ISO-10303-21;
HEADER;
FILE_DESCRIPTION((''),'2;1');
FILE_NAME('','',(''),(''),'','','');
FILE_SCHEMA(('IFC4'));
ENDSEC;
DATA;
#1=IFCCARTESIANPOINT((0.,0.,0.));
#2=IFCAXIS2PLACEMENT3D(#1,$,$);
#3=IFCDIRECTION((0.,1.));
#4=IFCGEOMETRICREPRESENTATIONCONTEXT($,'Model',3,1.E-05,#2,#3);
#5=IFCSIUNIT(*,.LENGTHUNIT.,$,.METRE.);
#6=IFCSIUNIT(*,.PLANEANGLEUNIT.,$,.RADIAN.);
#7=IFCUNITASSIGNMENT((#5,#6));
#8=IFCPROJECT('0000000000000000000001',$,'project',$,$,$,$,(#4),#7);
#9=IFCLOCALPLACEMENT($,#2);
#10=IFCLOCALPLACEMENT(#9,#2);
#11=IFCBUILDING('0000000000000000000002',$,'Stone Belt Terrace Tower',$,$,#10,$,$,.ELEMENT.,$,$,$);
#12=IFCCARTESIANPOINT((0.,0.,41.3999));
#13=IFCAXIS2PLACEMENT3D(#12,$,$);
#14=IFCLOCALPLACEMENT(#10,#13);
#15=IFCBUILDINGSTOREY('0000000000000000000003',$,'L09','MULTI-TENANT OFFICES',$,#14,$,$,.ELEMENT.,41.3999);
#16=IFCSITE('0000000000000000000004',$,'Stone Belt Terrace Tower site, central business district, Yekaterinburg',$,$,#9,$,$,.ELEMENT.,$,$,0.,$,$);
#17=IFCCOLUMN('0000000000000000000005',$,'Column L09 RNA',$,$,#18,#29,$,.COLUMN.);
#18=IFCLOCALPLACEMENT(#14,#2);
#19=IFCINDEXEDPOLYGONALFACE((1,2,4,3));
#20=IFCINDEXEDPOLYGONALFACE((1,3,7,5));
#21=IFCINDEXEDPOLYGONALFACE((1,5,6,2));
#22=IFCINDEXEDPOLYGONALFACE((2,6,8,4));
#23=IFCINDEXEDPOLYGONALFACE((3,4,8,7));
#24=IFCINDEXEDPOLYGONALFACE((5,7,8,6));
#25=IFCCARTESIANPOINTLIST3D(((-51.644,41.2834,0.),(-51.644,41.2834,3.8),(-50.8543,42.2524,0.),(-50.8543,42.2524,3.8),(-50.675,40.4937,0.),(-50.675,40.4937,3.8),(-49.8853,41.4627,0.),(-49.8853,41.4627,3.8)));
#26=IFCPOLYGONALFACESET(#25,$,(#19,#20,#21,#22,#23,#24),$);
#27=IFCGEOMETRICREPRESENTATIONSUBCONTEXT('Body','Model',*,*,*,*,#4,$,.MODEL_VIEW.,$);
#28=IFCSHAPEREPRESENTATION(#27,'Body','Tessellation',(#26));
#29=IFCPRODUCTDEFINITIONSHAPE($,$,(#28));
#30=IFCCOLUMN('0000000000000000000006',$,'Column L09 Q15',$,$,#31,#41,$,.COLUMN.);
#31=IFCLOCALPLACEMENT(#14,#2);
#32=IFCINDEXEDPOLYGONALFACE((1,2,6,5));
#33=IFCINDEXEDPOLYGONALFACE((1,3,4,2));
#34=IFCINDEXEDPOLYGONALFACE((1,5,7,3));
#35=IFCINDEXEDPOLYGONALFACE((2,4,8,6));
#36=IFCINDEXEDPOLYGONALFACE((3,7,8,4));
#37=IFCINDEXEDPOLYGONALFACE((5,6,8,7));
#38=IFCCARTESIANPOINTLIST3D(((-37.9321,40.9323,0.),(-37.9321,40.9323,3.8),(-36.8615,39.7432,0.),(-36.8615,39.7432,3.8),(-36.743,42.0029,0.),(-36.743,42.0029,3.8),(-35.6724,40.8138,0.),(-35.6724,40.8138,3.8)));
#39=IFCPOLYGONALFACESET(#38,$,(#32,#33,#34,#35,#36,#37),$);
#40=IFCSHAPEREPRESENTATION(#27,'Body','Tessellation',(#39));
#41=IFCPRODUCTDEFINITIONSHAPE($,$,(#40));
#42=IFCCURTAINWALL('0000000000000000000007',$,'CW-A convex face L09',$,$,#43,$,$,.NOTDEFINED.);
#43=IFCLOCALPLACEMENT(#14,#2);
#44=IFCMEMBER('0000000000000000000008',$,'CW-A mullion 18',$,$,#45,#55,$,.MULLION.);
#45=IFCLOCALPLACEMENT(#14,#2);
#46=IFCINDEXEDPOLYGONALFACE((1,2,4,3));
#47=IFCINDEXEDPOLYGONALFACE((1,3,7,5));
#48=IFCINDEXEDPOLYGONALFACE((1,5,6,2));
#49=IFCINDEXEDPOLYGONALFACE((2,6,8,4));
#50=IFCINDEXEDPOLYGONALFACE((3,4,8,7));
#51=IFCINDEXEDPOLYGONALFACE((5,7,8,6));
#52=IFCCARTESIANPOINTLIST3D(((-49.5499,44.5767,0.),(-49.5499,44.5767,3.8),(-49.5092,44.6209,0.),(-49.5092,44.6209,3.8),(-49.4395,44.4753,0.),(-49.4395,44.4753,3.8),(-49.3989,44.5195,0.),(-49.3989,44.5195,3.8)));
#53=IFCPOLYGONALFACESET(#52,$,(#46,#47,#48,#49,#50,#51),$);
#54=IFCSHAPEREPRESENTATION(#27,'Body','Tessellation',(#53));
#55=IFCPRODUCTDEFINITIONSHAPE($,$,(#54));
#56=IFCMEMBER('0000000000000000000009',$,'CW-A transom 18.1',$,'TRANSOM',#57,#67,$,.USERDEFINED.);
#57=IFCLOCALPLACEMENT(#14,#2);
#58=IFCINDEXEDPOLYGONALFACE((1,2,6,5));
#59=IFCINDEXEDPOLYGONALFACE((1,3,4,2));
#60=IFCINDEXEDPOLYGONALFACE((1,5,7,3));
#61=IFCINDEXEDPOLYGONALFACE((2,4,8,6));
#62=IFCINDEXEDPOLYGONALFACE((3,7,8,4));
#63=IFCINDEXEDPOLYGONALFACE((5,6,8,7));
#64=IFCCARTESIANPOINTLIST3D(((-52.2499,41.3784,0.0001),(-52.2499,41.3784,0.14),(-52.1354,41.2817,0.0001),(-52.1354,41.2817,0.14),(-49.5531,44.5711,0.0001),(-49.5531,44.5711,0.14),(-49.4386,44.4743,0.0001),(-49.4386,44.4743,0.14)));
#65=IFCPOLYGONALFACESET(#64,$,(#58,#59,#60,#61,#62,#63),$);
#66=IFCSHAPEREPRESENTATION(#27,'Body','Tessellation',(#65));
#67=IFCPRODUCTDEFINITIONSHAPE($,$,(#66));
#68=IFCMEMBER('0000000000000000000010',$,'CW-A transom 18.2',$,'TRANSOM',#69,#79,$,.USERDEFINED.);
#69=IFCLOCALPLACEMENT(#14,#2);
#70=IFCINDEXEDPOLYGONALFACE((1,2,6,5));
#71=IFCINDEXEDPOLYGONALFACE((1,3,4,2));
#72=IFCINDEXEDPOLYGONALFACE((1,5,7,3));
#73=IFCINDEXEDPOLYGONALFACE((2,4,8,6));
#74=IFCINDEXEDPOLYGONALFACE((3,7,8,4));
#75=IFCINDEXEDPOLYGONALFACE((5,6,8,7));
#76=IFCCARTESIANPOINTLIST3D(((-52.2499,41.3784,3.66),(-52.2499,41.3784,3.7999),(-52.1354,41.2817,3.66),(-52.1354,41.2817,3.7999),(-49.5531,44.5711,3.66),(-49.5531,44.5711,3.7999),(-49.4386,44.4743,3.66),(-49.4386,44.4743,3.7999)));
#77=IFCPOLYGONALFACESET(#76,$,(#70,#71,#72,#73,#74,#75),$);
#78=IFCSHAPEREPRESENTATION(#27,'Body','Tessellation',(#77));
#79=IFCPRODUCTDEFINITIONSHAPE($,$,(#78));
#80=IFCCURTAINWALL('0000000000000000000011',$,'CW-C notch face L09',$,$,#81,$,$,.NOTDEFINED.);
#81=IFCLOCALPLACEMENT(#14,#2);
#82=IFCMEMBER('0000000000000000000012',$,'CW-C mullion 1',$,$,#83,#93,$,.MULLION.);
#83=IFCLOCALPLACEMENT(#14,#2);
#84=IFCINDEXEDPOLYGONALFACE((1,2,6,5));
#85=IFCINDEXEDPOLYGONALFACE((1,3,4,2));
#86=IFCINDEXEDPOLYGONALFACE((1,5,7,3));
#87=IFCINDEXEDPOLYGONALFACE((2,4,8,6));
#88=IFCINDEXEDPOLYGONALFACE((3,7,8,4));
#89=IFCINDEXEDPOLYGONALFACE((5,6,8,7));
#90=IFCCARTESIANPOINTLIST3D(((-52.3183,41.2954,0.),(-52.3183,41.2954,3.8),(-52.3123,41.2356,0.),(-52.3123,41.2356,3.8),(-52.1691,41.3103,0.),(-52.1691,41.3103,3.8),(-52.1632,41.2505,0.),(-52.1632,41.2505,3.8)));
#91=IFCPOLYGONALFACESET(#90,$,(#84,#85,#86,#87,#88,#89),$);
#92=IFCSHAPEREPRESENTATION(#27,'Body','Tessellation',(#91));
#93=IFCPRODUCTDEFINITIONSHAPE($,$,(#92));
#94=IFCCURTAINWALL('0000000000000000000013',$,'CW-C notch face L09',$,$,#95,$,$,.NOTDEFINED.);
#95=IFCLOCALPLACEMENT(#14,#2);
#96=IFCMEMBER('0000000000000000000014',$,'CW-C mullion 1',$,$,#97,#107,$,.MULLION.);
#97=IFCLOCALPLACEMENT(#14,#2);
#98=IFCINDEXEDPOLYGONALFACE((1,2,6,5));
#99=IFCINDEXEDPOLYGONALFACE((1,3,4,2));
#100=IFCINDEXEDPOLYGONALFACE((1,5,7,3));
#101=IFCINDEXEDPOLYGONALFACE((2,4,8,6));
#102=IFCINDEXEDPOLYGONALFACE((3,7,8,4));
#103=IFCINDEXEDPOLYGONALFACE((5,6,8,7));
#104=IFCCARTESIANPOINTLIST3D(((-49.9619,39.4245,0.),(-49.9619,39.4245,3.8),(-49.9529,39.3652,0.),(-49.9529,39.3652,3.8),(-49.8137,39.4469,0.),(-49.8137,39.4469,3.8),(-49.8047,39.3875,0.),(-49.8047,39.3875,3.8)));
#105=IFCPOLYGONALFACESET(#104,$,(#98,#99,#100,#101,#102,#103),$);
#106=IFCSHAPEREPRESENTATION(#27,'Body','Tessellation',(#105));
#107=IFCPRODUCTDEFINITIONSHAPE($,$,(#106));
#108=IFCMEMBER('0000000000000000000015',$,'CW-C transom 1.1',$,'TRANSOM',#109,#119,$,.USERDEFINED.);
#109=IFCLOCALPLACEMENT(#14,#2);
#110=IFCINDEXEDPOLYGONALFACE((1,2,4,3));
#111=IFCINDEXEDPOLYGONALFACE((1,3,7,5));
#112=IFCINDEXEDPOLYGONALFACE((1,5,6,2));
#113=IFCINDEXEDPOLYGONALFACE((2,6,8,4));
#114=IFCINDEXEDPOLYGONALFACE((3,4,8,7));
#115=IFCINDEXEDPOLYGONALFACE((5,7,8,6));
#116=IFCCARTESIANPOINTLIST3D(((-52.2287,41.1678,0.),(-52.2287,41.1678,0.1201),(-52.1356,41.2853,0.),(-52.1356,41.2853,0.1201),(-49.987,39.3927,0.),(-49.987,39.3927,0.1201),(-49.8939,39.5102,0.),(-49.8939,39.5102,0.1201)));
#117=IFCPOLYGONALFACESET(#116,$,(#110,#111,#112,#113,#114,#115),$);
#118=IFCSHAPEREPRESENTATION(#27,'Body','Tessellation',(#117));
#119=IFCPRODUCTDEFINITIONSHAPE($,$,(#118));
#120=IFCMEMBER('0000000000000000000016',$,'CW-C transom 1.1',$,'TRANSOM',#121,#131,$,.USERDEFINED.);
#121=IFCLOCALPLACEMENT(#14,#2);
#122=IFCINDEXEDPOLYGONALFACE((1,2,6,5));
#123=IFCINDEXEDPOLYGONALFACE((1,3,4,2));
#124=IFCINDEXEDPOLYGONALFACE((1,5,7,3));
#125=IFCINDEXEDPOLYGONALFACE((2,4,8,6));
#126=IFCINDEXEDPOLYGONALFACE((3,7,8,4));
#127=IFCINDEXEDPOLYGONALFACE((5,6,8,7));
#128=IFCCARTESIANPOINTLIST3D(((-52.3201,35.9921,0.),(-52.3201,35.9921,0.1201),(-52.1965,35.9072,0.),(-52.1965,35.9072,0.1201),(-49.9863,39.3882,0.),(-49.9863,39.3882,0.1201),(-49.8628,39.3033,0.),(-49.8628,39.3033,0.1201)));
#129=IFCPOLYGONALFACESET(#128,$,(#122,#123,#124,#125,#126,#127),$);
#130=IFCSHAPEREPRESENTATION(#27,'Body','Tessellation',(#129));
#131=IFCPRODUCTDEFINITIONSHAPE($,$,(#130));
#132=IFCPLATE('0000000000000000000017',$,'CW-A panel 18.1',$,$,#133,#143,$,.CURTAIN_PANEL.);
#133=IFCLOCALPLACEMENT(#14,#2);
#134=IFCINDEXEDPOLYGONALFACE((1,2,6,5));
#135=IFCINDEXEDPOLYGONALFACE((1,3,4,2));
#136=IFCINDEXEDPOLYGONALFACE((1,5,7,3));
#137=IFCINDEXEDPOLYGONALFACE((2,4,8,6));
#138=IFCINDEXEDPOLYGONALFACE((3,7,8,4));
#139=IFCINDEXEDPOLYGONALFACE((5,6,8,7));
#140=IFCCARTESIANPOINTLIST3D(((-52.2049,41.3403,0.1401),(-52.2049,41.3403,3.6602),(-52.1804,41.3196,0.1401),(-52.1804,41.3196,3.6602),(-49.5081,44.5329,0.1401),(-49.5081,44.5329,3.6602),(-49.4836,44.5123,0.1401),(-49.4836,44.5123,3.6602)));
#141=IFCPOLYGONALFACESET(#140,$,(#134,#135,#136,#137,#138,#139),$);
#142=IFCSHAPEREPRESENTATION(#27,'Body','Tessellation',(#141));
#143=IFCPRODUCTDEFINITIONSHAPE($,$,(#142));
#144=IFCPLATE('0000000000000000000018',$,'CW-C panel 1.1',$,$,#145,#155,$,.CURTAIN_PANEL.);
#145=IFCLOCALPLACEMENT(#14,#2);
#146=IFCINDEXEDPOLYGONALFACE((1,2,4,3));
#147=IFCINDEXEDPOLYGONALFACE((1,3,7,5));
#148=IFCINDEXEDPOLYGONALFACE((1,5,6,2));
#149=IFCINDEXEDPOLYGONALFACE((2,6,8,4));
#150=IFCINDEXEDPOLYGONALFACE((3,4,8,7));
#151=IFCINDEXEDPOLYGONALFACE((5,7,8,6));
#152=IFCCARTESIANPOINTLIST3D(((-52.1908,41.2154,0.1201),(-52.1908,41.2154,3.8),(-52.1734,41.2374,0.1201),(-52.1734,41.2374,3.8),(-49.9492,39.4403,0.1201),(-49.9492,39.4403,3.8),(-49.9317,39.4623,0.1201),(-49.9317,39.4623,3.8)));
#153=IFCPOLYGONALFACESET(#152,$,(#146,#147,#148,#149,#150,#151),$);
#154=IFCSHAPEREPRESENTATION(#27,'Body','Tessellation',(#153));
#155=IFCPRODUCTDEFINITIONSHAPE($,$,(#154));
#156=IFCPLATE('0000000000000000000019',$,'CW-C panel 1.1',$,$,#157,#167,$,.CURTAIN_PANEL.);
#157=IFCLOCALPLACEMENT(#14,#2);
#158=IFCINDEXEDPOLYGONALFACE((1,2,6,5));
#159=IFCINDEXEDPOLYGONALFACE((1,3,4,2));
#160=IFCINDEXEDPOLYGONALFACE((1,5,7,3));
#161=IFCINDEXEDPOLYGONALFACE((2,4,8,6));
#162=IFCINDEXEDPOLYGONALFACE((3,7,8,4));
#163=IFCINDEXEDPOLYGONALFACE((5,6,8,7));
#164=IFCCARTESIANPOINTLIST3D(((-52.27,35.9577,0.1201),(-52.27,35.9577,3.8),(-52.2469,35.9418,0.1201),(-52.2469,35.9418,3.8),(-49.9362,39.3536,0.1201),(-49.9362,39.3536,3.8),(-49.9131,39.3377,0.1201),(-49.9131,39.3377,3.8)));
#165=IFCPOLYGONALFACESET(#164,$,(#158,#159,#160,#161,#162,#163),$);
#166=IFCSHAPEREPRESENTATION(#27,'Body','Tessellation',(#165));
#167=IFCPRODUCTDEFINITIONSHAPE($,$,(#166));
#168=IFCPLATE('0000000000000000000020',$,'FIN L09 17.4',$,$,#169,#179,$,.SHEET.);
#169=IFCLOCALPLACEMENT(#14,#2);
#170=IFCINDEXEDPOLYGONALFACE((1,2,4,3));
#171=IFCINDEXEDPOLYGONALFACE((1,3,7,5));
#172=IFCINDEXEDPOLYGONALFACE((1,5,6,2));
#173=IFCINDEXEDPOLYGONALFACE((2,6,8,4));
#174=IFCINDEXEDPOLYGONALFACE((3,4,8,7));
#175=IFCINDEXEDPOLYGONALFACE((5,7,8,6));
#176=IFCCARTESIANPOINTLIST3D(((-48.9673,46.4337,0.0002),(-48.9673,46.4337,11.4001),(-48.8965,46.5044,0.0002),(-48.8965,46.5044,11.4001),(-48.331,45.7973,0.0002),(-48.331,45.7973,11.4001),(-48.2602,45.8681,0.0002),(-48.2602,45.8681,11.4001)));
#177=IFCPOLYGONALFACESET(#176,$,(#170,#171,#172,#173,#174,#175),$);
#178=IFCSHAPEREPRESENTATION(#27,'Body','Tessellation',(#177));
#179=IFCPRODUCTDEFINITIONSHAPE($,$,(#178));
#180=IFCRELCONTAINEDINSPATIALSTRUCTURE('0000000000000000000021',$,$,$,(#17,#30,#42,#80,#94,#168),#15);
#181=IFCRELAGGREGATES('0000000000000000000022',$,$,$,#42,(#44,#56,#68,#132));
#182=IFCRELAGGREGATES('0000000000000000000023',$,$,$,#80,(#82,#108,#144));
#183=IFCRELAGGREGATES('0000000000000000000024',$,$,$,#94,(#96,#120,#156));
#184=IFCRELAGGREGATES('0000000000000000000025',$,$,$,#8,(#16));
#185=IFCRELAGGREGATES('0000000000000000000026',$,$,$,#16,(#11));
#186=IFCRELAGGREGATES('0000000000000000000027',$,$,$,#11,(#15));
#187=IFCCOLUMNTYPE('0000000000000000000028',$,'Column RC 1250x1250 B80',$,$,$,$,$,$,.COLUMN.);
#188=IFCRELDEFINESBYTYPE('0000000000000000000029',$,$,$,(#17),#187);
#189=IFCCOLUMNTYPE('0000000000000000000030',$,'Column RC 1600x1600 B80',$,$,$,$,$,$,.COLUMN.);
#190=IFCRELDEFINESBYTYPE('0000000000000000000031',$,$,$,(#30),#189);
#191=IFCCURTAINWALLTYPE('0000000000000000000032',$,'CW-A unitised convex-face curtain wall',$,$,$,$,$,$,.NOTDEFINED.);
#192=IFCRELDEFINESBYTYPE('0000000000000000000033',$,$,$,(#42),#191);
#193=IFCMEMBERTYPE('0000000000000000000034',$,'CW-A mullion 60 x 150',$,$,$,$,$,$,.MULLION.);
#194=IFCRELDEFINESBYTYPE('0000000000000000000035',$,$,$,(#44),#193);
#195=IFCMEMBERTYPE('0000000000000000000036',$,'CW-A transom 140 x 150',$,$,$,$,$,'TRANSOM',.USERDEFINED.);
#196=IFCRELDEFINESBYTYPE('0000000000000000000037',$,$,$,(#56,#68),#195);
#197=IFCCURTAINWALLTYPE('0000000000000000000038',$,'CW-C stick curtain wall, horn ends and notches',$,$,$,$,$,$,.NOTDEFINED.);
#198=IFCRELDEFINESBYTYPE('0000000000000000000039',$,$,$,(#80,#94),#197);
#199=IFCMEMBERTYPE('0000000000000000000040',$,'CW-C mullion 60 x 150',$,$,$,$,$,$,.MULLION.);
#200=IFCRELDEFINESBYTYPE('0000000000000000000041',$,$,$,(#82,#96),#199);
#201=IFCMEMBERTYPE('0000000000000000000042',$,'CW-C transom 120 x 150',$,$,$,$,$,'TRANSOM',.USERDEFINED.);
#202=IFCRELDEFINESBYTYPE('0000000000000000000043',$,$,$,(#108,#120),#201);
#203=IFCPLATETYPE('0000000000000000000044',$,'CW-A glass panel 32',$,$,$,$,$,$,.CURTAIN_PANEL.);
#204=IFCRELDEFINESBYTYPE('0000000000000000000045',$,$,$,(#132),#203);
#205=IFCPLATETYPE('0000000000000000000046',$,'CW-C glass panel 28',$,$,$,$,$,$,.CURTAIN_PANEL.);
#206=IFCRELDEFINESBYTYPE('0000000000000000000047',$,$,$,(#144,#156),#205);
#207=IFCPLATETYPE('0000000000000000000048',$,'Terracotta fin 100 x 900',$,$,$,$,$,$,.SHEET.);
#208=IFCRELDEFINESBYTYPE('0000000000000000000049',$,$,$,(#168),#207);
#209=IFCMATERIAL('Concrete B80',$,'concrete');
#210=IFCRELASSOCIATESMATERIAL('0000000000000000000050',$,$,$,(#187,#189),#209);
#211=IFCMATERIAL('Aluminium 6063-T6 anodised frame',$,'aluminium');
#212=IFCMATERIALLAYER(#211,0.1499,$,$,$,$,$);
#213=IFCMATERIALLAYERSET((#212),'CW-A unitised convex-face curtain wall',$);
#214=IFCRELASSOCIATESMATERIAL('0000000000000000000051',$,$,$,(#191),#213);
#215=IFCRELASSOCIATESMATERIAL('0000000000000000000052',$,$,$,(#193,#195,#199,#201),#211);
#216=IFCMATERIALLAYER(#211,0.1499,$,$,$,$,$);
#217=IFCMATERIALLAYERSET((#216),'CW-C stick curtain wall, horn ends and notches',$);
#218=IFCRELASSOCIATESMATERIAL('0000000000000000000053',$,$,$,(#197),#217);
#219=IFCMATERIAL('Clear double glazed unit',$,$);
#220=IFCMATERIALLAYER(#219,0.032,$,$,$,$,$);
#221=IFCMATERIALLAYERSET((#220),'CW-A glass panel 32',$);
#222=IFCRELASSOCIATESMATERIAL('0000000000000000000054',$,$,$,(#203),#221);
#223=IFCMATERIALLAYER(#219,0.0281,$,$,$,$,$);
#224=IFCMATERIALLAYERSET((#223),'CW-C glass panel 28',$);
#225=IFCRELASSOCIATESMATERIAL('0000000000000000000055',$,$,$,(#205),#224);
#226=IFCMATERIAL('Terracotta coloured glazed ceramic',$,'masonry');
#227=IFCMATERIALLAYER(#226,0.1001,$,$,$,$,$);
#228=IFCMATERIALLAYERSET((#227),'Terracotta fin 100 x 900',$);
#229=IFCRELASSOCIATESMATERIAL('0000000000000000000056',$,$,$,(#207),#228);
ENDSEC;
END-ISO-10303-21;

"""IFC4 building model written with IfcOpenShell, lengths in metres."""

from ifc_helpers import new_model, si_unit, direction, frame, origin, origin_2d, place, context, subcontext, project, spatial, rectangle, extrude, material, layer, layer_set, material_profile, profile_set, type_object, element, aggregate, save


model = new_model("IFC4")

# Units and contexts
model_context = context("Model", 3, precision=1e-05, world=origin(), true_north=direction((0.0, 1.0)))
body_context = subcontext(model_context, "Body", "Model", "MODEL_VIEW")
ifc_project = project(units=[si_unit("LENGTHUNIT", "METRE"), si_unit("PLANEANGLEUNIT", "RADIAN")], contexts=[model_context])

# Site, building, storey
site_placement = place(None, origin())
site = spatial("IfcSite", under=ifc_project, at=site_placement, Name="Stone Belt Terrace Tower site, central business district, Yekaterinburg", CompositionType="ELEMENT", RefElevation=0.0)
building_placement = place(site_placement, origin())
building = spatial("IfcBuilding", under=site, at=building_placement, Name="Stone Belt Terrace Tower", CompositionType="ELEMENT")
storey_placement = place(building_placement, frame((0.0, 0.0, 41.3999)))
storey = spatial("IfcBuildingStorey", under=building, at=storey_placement, Name="L09", Description="MULTI-TENANT OFFICES", CompositionType="ELEMENT", Elevation=41.3999)

# Columns
ifc_material_1 = material(Name="Concrete B80", Category="concrete")
ifc_material_profile_1 = material_profile(ifc_material_1, rectangle(XDim=1.25, YDim=1.25, at=origin_2d()), Name="RC 1250x1250")
ifc_profile_set_1 = profile_set([ifc_material_profile_1], Name="Concrete B80")
column_type_1 = type_object("IfcColumnType", Name="Column RC 1250x1250 B80", PredefinedType="COLUMN", material=ifc_profile_set_1)
column_1_placement = place(storey_placement, frame((-50.7646, 41.373, 0.0), z_axis=(0.0, 0.0, 1.0), x_axis=(0.631759, 0.775165, 0.0)))
element("IfcColumn", 1, at=column_1_placement, inside=storey, type_object=column_type_1, Name="Column L09 RNA", PredefinedType="COLUMN", context=body_context, shape_type="SweptSolid", body=[
    extrude(rectangle(XDim=1.25, YDim=1.25, at=origin_2d()), origin(), (0.0, 0.0, 1.0), 3.8),
])
ifc_material_profile_2 = material_profile(ifc_material_1, rectangle(XDim=1.6001, YDim=1.6001, at=origin_2d()), Name="RC 1600x1600")
ifc_profile_set_2 = profile_set([ifc_material_profile_2], Name="Concrete B80")
column_type_2 = type_object("IfcColumnType", Name="Column RC 1600x1600 B80", PredefinedType="COLUMN", material=ifc_profile_set_2)
column_2_placement = place(storey_placement, frame((-36.8022, 40.873, 0.0), z_axis=(0.0, 0.0, 1.0), x_axis=(0.743145, 0.669131, 0.0)))
element("IfcColumn", 2, at=column_2_placement, inside=storey, type_object=column_type_2, Name="Column L09 Q15", PredefinedType="COLUMN", context=body_context, shape_type="SweptSolid", body=[
    extrude(rectangle(XDim=1.6001, YDim=1.6001, at=origin_2d()), origin(), (0.0, 0.0, 1.0), 3.8),
])

# Curtain wall, members
ifc_material_2 = material(Name="Aluminium 6063-T6 anodised frame", Category="aluminium")
ifc_layer_1 = layer(ifc_material_2, 0.1499)
ifc_layer_set_1 = layer_set([ifc_layer_1], Name="CW-A unitised convex-face curtain wall")
curtain_wall_type_1 = type_object("IfcCurtainWallType", Name="CW-A unitised convex-face curtain wall", PredefinedType="NOTDEFINED", material=ifc_layer_set_1)
curtain_wall_1_placement = place(storey_placement, origin())
curtain_wall_1 = element("IfcCurtainWall", 3, at=curtain_wall_1_placement, inside=storey, type_object=curtain_wall_type_1, Name="CW-A convex face L09", PredefinedType="NOTDEFINED")
ifc_material_profile_3 = material_profile(ifc_material_2, rectangle(XDim=0.1499, YDim=0.0601, at=origin_2d()), Name="Aluminium 6063-T6 60x150")
ifc_profile_set_3 = profile_set([ifc_material_profile_3], Name="Aluminium 6063-T6 anodised frame")
member_type_1 = type_object("IfcMemberType", Name="CW-A mullion 60 x 150", PredefinedType="MULLION", material=ifc_profile_set_3)
member_1_placement = place(storey_placement, frame((-49.4744, 44.5481, 0.0), z_axis=(0.0, 0.0, 1.0), x_axis=(0.736171, -0.676796, 0.0)))
member_1 = element("IfcMember", 4, at=member_1_placement, type_object=member_type_1, Name="CW-A mullion 18", PredefinedType="MULLION", context=body_context, shape_type="SweptSolid", body=[
    extrude(rectangle(XDim=0.1499, YDim=0.0601, at=origin_2d()), origin(), (0.0, 0.0, 1.0), 3.8),
])
ifc_material_profile_4 = material_profile(ifc_material_2, rectangle(XDim=0.1499, YDim=0.1399, at=origin_2d()), Name="Aluminium 6063-T6 150x140")
ifc_profile_set_4 = profile_set([ifc_material_profile_4], Name="Aluminium 6063-T6 anodised frame")
member_type_2 = type_object("IfcMemberType", Name="CW-A transom 140 x 150", ElementType="TRANSOM", PredefinedType="USERDEFINED", material=ifc_profile_set_4)
member_2_placement = place(storey_placement, frame((-49.4958, 44.5227, 0.0701), z_axis=(-0.64529, -0.763938, 0.0), x_axis=(0.763938, -0.64529, 0.0)))
member_2 = element("IfcMember", 5, at=member_2_placement, type_object=member_type_2, Name="CW-A transom 18.1", ObjectType="TRANSOM", PredefinedType="USERDEFINED", context=body_context, shape_type="SweptSolid", body=[
    extrude(rectangle(XDim=0.1499, YDim=0.1399, at=origin_2d()), origin(), (0.0, 0.0, 1.0), 4.1792),
])
member_3_placement = place(storey_placement, frame((-49.4958, 44.5227, 3.73), z_axis=(-0.64529, -0.763938, 0.0), x_axis=(0.763938, -0.64529, 0.0)))
member_3 = element("IfcMember", 6, at=member_3_placement, type_object=member_type_2, Name="CW-A transom 18.2", ObjectType="TRANSOM", PredefinedType="USERDEFINED", context=body_context, shape_type="SweptSolid", body=[
    extrude(rectangle(XDim=0.1499, YDim=0.1399, at=origin_2d()), origin(), (0.0, 0.0, 1.0), 4.1792),
])

# Curtain walls, members
ifc_layer_2 = layer(ifc_material_2, 0.1499)
ifc_layer_set_2 = layer_set([ifc_layer_2], Name="CW-C stick curtain wall, horn ends and notches")
curtain_wall_type_2 = type_object("IfcCurtainWallType", Name="CW-C stick curtain wall, horn ends and notches", PredefinedType="NOTDEFINED", material=ifc_layer_set_2)
curtain_wall_2_placement = place(storey_placement, origin())
curtain_wall_2 = element("IfcCurtainWall", 7, at=curtain_wall_2_placement, inside=storey, type_object=curtain_wall_type_2, Name="CW-C notch face L09", PredefinedType="NOTDEFINED")
ifc_material_profile_5 = material_profile(ifc_material_2, rectangle(XDim=0.1499, YDim=0.0601, at=origin_2d()), Name="Aluminium 6063-T6 60x150")
ifc_profile_set_5 = profile_set([ifc_material_profile_5], Name="Aluminium 6063-T6 anodised frame")
member_type_3 = type_object("IfcMemberType", Name="CW-C mullion 60 x 150", PredefinedType="MULLION", material=ifc_profile_set_5)
member_4_placement = place(storey_placement, frame((-52.2407, 41.2729, 0.0), z_axis=(0.0, 0.0, 1.0), x_axis=(0.995023, 0.099645, 0.0)))
member_4 = element("IfcMember", 8, at=member_4_placement, type_object=member_type_3, Name="CW-C mullion 1", PredefinedType="MULLION", context=body_context, shape_type="SweptSolid", body=[
    extrude(rectangle(XDim=0.1499, YDim=0.0601, at=origin_2d()), origin(), (0.0, 0.0, 1.0), 3.8),
])
curtain_wall_3_placement = place(storey_placement, origin())
curtain_wall_3 = element("IfcCurtainWall", 9, at=curtain_wall_3_placement, inside=storey, type_object=curtain_wall_type_2, Name="CW-C notch face L09", PredefinedType="NOTDEFINED")
member_5_placement = place(storey_placement, frame((-49.8833, 39.406, 0.0), z_axis=(0.0, 0.0, 1.0), x_axis=(0.988851, 0.148906, 0.0)))
member_5 = element("IfcMember", 10, at=member_5_placement, type_object=member_type_3, Name="CW-C mullion 1", PredefinedType="MULLION", context=body_context, shape_type="SweptSolid", body=[
    extrude(rectangle(XDim=0.1499, YDim=0.0601, at=origin_2d()), origin(), (0.0, 0.0, 1.0), 3.8),
])

# Members
ifc_material_profile_6 = material_profile(ifc_material_2, rectangle(XDim=0.1499, YDim=0.1201, at=origin_2d()), Name="Aluminium 6063-T6 150x120")
ifc_profile_set_6 = profile_set([ifc_material_profile_6], Name="Aluminium 6063-T6 anodised frame")
member_type_4 = type_object("IfcMemberType", Name="CW-C transom 120 x 150", ElementType="TRANSOM", PredefinedType="USERDEFINED", material=ifc_profile_set_6)
member_6_placement = place(storey_placement, frame((-52.1821, 41.2266, 0.0601), z_axis=(0.783966, -0.620804, 0.0), x_axis=(0.620804, 0.783966, 0.0)))
member_6 = element("IfcMember", 11, at=member_6_placement, type_object=member_type_4, Name="CW-C transom 1.1", ObjectType="TRANSOM", PredefinedType="USERDEFINED", context=body_context, shape_type="SweptSolid", body=[
    extrude(rectangle(XDim=0.1499, YDim=0.1201, at=origin_2d()), origin(), (0.0, 0.0, 1.0), 2.8594),
])
member_7_placement = place(storey_placement, frame((-49.9246, 39.3457, 0.0601), z_axis=(-0.566363, -0.824156, 0.0), x_axis=(0.824156, -0.566363, 0.0)))
member_7 = element("IfcMember", 12, at=member_7_placement, type_object=member_type_4, Name="CW-C transom 1.1", ObjectType="TRANSOM", PredefinedType="USERDEFINED", context=body_context, shape_type="SweptSolid", body=[
    extrude(rectangle(XDim=0.1499, YDim=0.1201, at=origin_2d()), origin(), (0.0, 0.0, 1.0), 4.1206),
])

# Plates
ifc_material_3 = material(Name="Clear double glazed unit")
ifc_layer_3 = layer(ifc_material_3, 0.032)
ifc_layer_set_3 = layer_set([ifc_layer_3], Name="CW-A glass panel 32")
plate_type_1 = type_object("IfcPlateType", Name="CW-A glass panel 32", PredefinedType="CURTAIN_PANEL", material=ifc_layer_set_3)
plate_1_placement = place(storey_placement, frame((-50.8442, 42.9263, 0.1401), z_axis=(0.0, 0.0, 1.0), x_axis=(-0.645291, -0.763937, 0.0)))
plate_1 = element("IfcPlate", 13, at=plate_1_placement, type_object=plate_type_1, Name="CW-A panel 18.1", PredefinedType="CURTAIN_PANEL", context=body_context, shape_type="SweptSolid", body=[
    extrude(rectangle(XDim=4.1792, YDim=0.032, at=origin_2d()), origin(), (0.0, 0.0, 1.0), 3.52),
])
aggregate(curtain_wall_1, [member_1, member_2, member_3, plate_1])
ifc_layer_4 = layer(ifc_material_3, 0.0281)
ifc_layer_set_4 = layer_set([ifc_layer_4], Name="CW-C glass panel 28")
plate_type_2 = type_object("IfcPlateType", Name="CW-C glass panel 28", PredefinedType="CURTAIN_PANEL", material=ifc_layer_set_4)
plate_2_placement = place(storey_placement, frame((-51.0613, 40.3389, 0.1201), z_axis=(0.0, 0.0, 1.0), x_axis=(0.783964, -0.620807, 0.0)))
plate_2 = element("IfcPlate", 14, at=plate_2_placement, type_object=plate_type_2, Name="CW-C panel 1.1", PredefinedType="CURTAIN_PANEL", context=body_context, shape_type="SweptSolid", body=[
    extrude(rectangle(XDim=2.8594, YDim=0.0281, at=origin_2d()), origin(), (0.0, 0.0, 1.0), 3.6799),
])
aggregate(curtain_wall_2, [member_4, member_6, plate_2])
plate_3_placement = place(storey_placement, frame((-51.0916, 37.6477, 0.1201), z_axis=(0.0, 0.0, 1.0), x_axis=(-0.566376, -0.824147, 0.0)))
plate_3 = element("IfcPlate", 15, at=plate_3_placement, type_object=plate_type_2, Name="CW-C panel 1.1", PredefinedType="CURTAIN_PANEL", context=body_context, shape_type="SweptSolid", body=[
    extrude(rectangle(XDim=4.1206, YDim=0.0281, at=origin_2d()), origin(), (0.0, 0.0, 1.0), 3.6799),
])
aggregate(curtain_wall_3, [member_5, member_7, plate_3])

# Plate
ifc_material_4 = material(Name="Terracotta coloured glazed ceramic", Category="masonry")
ifc_layer_5 = layer(ifc_material_4, 0.1001)
ifc_layer_set_5 = layer_set([ifc_layer_5], Name="Terracotta fin 100 x 900")
plate_type_3 = type_object("IfcPlateType", Name="Terracotta fin 100 x 900", PredefinedType="SHEET", material=ifc_layer_set_5)
for number, where, z_axis, x_axis, name in (
    (16, (-48.6138, 46.1509, 0.0002), (0.0, 0.0, 1.0), (-0.707107, 0.707107, 0.0), "FIN L09 17.4"),
):
    element("IfcPlate", number, at=place(storey_placement, frame(where, z_axis=z_axis, x_axis=x_axis)), inside=storey, type_object=plate_type_3, Name=name, PredefinedType="SHEET", context=body_context, shape_type="SweptSolid", body=[
        extrude(rectangle(XDim=0.8999, YDim=0.1001, at=origin_2d()), origin(), (0.0, 0.0, 1.0), 11.3999),
    ])

save(model, "model.ifc")
